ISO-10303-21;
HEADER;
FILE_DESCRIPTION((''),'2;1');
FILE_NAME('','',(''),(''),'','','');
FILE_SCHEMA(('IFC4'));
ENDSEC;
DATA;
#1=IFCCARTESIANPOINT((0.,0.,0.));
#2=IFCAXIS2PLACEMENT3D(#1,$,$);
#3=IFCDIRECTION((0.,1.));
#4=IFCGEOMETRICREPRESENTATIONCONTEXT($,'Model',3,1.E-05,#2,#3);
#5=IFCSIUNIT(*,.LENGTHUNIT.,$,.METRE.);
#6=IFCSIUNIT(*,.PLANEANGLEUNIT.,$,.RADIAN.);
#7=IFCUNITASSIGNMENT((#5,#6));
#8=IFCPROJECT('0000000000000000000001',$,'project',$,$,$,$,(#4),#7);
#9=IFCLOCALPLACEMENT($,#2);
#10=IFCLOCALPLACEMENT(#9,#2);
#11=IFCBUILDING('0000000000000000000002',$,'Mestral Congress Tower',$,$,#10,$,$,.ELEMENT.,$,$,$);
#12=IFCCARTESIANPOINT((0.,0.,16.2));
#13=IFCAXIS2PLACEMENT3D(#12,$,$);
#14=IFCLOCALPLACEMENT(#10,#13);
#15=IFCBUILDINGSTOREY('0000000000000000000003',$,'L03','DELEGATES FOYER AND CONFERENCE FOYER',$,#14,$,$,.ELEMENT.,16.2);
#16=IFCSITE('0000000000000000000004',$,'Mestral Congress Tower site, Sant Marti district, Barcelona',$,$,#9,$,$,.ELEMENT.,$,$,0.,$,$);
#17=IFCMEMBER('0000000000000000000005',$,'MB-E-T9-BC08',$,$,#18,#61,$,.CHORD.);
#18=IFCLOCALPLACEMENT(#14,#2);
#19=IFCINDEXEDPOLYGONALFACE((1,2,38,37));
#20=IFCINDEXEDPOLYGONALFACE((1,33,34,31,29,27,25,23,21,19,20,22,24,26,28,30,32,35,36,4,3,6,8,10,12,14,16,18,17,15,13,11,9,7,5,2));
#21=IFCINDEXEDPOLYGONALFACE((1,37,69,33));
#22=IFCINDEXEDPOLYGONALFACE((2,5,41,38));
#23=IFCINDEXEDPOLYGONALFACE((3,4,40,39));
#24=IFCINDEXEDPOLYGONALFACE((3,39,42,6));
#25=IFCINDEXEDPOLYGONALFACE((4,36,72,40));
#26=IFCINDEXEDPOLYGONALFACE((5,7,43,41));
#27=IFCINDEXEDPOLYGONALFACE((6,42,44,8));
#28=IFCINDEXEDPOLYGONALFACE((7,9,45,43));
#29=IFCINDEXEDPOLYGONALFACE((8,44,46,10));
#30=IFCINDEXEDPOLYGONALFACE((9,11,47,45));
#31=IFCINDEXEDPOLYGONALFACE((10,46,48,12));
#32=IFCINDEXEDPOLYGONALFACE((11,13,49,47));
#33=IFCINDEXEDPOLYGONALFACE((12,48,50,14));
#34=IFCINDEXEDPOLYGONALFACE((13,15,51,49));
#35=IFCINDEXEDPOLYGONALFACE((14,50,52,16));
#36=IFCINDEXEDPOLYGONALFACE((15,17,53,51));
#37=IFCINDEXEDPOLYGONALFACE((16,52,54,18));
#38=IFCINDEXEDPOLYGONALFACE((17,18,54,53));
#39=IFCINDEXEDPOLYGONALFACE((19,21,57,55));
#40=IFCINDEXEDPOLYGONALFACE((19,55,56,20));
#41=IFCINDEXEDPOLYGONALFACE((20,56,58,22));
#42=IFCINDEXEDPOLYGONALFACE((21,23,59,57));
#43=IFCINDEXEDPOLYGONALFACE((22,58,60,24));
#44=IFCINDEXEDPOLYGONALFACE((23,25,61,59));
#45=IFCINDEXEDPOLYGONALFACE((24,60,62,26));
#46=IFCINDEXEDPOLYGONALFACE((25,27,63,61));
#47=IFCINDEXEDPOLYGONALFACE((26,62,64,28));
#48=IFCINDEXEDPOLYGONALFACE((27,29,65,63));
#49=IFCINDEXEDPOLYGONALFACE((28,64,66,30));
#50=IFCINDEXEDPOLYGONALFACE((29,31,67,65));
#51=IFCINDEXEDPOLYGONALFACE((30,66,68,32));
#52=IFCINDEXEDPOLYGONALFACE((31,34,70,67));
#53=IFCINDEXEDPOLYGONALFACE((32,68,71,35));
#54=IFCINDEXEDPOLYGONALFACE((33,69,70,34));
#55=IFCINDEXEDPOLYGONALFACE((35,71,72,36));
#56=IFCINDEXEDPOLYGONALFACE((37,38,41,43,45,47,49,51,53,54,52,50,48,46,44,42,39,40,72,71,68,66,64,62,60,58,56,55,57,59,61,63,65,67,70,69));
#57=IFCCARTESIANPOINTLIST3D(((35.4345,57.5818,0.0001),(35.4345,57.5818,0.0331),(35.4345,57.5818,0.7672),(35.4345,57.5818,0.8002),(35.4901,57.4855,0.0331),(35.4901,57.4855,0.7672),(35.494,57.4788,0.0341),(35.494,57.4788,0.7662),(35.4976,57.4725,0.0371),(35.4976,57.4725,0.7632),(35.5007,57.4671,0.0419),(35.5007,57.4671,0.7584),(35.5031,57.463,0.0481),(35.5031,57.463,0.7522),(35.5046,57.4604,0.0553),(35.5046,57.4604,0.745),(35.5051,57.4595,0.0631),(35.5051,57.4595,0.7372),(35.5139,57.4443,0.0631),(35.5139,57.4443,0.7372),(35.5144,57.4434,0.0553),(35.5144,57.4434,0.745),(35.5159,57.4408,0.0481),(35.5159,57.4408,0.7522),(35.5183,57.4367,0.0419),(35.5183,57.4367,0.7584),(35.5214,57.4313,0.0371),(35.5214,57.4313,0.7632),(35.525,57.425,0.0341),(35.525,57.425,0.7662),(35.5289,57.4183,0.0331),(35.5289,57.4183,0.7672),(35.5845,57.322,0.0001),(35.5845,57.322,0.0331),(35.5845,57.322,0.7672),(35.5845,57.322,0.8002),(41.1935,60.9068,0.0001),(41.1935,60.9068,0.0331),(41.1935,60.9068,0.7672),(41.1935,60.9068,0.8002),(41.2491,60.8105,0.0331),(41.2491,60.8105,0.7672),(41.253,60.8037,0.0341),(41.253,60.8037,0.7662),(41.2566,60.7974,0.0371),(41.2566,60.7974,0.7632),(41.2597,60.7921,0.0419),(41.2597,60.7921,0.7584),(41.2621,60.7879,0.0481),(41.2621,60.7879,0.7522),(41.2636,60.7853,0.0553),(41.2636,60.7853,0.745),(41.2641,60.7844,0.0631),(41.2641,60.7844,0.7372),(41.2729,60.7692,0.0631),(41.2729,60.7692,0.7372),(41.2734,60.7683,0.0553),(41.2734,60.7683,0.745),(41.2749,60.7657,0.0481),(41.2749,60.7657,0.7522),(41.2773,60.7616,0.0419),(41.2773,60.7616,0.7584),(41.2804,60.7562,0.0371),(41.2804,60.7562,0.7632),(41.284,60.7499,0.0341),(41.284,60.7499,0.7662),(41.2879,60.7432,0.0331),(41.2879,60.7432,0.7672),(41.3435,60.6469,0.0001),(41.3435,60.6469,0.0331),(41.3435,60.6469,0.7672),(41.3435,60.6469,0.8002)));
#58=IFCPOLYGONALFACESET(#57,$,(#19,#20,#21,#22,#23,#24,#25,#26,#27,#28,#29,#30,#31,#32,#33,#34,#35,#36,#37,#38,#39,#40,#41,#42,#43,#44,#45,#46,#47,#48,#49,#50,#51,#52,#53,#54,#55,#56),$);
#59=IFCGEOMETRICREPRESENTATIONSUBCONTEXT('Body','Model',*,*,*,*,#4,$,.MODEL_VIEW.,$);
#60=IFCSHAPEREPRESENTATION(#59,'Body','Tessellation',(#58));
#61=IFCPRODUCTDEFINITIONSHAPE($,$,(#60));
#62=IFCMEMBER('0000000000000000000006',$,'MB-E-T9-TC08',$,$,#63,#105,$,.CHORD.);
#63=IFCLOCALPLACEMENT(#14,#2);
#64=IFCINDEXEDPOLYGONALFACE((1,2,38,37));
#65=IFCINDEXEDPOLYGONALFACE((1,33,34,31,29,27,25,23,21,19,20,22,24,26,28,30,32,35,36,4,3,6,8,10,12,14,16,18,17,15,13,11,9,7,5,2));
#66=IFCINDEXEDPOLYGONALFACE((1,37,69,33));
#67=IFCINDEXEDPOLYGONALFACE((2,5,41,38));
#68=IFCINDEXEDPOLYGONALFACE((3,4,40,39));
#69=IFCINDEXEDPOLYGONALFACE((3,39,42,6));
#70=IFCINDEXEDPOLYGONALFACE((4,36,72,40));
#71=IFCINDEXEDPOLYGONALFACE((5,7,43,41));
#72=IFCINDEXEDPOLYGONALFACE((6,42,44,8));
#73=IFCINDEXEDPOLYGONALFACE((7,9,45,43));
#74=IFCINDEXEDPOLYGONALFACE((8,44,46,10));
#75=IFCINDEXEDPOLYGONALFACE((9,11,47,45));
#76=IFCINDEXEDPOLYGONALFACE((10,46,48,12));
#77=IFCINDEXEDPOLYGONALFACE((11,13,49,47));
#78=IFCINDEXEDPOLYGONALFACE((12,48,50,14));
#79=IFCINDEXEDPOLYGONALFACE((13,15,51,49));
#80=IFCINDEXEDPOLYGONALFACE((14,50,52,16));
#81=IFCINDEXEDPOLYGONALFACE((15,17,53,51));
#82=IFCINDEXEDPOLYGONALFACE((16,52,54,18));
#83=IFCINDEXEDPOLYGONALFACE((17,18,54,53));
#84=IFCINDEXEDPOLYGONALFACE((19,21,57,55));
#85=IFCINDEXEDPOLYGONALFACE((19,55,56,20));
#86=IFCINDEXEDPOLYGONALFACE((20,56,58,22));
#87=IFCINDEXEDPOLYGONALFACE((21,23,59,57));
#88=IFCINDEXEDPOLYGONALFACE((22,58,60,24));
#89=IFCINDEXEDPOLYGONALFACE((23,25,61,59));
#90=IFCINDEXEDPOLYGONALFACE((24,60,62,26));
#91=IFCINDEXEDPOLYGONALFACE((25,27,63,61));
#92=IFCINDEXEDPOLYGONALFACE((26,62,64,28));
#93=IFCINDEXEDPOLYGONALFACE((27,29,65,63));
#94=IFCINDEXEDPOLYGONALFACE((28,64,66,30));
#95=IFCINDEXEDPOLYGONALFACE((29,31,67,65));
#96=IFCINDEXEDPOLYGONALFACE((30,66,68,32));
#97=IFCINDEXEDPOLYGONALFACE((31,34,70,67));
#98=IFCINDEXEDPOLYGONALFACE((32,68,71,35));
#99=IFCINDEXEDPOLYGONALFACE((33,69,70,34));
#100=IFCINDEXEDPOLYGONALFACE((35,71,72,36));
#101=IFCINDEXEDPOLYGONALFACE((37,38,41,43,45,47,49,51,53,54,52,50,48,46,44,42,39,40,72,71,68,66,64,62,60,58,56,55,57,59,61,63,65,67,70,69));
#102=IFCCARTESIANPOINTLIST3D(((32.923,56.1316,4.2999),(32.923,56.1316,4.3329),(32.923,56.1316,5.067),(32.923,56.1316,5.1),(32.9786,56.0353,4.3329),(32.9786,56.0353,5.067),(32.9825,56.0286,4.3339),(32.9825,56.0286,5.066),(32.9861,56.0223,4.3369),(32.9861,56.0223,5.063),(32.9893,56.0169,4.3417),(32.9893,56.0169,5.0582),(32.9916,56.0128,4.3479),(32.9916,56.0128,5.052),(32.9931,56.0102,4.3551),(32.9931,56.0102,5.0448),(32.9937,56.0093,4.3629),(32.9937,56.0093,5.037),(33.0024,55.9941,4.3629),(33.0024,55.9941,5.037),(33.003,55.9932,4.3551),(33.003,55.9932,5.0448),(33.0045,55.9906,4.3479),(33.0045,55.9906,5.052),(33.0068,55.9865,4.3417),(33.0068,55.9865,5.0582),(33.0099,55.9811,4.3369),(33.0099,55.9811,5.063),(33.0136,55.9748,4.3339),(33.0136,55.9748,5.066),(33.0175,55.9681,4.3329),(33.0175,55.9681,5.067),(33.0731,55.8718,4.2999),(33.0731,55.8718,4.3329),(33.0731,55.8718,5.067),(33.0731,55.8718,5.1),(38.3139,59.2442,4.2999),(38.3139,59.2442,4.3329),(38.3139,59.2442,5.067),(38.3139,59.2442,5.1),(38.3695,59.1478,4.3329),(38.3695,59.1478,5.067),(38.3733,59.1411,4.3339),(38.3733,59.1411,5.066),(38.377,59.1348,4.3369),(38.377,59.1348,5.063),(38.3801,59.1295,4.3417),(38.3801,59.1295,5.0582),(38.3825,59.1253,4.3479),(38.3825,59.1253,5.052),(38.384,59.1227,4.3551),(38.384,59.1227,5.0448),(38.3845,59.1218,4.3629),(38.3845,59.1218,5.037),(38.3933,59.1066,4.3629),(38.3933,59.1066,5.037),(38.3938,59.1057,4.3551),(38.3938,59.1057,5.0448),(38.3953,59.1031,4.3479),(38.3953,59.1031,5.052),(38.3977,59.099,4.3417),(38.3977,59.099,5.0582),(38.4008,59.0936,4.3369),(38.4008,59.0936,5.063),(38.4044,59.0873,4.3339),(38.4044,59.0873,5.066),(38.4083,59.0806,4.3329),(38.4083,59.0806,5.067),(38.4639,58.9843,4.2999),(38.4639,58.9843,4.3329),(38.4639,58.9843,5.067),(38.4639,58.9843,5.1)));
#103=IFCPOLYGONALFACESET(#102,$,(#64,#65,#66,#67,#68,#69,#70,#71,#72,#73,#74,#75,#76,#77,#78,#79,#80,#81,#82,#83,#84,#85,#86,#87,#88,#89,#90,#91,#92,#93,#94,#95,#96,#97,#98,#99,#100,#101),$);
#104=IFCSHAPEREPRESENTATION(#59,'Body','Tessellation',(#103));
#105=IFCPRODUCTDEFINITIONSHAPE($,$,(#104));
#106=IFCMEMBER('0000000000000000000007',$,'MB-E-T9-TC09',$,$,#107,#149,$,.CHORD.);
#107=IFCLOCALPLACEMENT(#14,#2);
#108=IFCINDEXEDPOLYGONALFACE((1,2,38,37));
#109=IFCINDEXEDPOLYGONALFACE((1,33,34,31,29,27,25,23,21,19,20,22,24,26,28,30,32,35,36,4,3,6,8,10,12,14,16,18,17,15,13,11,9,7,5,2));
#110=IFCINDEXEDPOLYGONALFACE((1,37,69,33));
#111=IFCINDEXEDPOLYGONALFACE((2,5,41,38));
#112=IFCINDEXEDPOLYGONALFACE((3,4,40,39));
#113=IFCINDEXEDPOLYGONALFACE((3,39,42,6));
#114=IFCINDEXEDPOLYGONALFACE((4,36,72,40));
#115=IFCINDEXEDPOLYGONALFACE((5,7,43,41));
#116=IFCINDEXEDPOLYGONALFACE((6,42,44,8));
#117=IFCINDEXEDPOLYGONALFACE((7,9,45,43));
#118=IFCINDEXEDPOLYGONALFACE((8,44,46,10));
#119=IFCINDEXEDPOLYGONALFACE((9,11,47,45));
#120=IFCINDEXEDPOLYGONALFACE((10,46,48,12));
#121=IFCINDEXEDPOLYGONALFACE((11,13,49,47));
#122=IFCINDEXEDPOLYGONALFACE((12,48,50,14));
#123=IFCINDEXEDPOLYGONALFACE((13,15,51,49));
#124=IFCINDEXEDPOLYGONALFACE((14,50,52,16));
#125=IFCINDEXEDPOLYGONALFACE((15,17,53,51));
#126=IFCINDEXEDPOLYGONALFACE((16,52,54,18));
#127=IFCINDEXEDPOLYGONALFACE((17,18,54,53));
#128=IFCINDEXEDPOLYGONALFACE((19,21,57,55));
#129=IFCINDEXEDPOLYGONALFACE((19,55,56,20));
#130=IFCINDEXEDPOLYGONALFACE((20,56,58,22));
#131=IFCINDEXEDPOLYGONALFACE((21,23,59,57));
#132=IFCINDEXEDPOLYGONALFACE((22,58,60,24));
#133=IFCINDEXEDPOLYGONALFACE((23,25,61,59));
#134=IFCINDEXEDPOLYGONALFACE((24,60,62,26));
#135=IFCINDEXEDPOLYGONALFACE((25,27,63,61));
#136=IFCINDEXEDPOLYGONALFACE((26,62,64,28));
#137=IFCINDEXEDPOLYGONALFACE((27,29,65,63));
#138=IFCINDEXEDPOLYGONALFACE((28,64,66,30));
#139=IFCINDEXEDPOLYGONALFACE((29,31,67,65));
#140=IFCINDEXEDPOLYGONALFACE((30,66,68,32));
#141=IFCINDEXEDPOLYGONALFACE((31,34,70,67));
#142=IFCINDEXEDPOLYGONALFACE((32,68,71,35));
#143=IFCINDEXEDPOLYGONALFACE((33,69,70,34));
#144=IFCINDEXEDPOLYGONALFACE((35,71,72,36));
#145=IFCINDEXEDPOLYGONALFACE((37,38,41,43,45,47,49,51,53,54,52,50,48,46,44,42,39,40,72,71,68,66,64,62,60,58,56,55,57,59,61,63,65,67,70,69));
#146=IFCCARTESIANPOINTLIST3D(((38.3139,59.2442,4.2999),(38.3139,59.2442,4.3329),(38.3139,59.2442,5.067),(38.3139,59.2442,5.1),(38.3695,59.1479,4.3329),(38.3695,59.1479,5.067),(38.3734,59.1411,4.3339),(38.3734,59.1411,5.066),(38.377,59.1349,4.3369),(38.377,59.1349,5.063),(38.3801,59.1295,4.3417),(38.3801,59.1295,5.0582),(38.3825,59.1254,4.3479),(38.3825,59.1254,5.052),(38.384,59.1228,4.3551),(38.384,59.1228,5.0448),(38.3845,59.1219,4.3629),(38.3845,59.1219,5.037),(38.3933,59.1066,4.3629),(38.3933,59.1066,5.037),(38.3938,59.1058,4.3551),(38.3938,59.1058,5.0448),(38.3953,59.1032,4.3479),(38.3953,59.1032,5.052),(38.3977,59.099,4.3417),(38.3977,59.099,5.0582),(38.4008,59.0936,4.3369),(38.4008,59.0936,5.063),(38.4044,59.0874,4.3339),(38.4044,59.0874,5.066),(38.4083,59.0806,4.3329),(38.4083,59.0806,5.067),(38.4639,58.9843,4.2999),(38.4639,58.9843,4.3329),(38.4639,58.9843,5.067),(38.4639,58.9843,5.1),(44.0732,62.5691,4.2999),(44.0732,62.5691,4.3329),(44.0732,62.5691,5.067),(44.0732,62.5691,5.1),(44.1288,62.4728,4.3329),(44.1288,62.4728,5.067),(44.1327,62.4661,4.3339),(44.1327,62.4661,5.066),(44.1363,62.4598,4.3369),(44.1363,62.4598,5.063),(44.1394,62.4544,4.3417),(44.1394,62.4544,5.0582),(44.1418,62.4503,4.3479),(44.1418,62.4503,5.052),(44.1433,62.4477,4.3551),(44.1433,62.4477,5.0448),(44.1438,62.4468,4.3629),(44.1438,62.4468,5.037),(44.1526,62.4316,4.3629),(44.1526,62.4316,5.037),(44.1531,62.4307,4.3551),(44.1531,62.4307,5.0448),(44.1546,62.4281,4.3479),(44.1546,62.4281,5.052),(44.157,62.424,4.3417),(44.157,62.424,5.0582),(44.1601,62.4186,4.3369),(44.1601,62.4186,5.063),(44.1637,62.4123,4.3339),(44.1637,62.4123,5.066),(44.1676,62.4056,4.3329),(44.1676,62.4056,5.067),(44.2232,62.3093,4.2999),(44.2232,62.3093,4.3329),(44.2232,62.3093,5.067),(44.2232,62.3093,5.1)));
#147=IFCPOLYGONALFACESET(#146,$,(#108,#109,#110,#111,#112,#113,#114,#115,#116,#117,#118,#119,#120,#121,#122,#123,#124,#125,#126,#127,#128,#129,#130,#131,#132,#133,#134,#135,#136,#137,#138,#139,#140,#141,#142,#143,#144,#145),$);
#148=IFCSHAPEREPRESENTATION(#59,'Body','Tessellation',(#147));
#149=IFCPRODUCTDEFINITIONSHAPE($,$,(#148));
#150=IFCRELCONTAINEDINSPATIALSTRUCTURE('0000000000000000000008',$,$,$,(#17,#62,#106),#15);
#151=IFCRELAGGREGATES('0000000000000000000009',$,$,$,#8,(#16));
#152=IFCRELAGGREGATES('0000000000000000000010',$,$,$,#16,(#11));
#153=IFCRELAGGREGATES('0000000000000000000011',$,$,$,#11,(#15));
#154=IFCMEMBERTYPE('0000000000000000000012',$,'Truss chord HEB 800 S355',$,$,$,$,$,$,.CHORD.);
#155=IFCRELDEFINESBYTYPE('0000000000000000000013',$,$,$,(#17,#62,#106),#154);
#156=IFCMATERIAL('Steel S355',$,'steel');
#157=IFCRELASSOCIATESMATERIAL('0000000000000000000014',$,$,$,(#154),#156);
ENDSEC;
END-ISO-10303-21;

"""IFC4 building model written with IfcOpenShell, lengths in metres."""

from ifc_helpers import new_model, si_unit, direction, frame, origin, origin_2d, place, context, subcontext, project, spatial, i_section, extrude, material, material_profile, profile_set, type_object, element, save


model = new_model("IFC4")

# Units and contexts
model_context = context("Model", 3, precision=1e-05, world=origin(), true_north=direction((0.0, 1.0)))
body_context = subcontext(model_context, "Body", "Model", "MODEL_VIEW")
ifc_project = project(units=[si_unit("LENGTHUNIT", "METRE"), si_unit("PLANEANGLEUNIT", "RADIAN")], contexts=[model_context])

# Site, building, storey
site_placement = place(None, origin())
site = spatial("IfcSite", under=ifc_project, at=site_placement, Name="Mestral Congress Tower site, Sant Marti district, Barcelona", CompositionType="ELEMENT", RefElevation=0.0)
building_placement = place(site_placement, origin())
building = spatial("IfcBuilding", under=site, at=building_placement, Name="Mestral Congress Tower", CompositionType="ELEMENT")
storey_placement = place(building_placement, frame((0.0, 0.0, 16.2)))
storey = spatial("IfcBuildingStorey", under=building, at=storey_placement, Name="L03", Description="DELEGATES FOYER AND CONFERENCE FOYER", CompositionType="ELEMENT", Elevation=16.2)

# Members
ifc_material_1 = material(Name="Steel S355", Category="steel")
ifc_material_profile_1 = material_profile(ifc_material_1, i_section(OverallWidth=0.3, OverallDepth=0.8, WebThickness=0.0176, FlangeThickness=0.033, FilletRadius=0.03, at=origin_2d()), Name="HEB 800")
ifc_profile_set_1 = profile_set([ifc_material_profile_1], Name="Steel S355")
member_type_1 = type_object("IfcMemberType", Name="Truss chord HEB 800 S355", PredefinedType="CHORD", material=ifc_profile_set_1)
member_1_placement = place(storey_placement, frame((35.5095, 57.4519, 0.4001), z_axis=(0.866027, 0.499997, 0.0), x_axis=(-0.499997, 0.866027, 0.0)))
element("IfcMember", 1, at=member_1_placement, inside=storey, type_object=member_type_1, Name="MB-E-T9-BC08", PredefinedType="CHORD", context=body_context, shape_type="SweptSolid", body=[
    extrude(i_section(OverallWidth=0.3, OverallDepth=0.8, WebThickness=0.0176, FlangeThickness=0.033, FilletRadius=0.03, at=origin_2d()), origin(), (0.0, 0.0, 1.0), 6.6499),
])
member_2_placement = place(storey_placement, frame((32.998, 56.0017, 4.7), z_axis=(0.866016, 0.500016, 0.0), x_axis=(-0.500016, 0.866016, 0.0)))
element("IfcMember", 2, at=member_2_placement, inside=storey, type_object=member_type_1, Name="MB-E-T9-TC08", PredefinedType="CHORD", context=body_context, shape_type="SweptSolid", body=[
    extrude(i_section(OverallWidth=0.3, OverallDepth=0.8, WebThickness=0.0176, FlangeThickness=0.033, FilletRadius=0.03, at=origin_2d()), origin(), (0.0, 0.0, 1.0), 6.2249),
])
member_3_placement = place(storey_placement, frame((38.3889, 59.1143, 4.7), z_axis=(0.866036, 0.499981, 0.0), x_axis=(-0.499981, 0.866036, 0.0)))
element("IfcMember", 3, at=member_3_placement, inside=storey, type_object=member_type_1, Name="MB-E-T9-TC09", PredefinedType="CHORD", context=body_context, shape_type="SweptSolid", body=[
    extrude(i_section(OverallWidth=0.3, OverallDepth=0.8, WebThickness=0.0176, FlangeThickness=0.033, FilletRadius=0.03, at=origin_2d()), origin(), (0.0, 0.0, 1.0), 6.6501),
])

save(model, "model.ifc")
